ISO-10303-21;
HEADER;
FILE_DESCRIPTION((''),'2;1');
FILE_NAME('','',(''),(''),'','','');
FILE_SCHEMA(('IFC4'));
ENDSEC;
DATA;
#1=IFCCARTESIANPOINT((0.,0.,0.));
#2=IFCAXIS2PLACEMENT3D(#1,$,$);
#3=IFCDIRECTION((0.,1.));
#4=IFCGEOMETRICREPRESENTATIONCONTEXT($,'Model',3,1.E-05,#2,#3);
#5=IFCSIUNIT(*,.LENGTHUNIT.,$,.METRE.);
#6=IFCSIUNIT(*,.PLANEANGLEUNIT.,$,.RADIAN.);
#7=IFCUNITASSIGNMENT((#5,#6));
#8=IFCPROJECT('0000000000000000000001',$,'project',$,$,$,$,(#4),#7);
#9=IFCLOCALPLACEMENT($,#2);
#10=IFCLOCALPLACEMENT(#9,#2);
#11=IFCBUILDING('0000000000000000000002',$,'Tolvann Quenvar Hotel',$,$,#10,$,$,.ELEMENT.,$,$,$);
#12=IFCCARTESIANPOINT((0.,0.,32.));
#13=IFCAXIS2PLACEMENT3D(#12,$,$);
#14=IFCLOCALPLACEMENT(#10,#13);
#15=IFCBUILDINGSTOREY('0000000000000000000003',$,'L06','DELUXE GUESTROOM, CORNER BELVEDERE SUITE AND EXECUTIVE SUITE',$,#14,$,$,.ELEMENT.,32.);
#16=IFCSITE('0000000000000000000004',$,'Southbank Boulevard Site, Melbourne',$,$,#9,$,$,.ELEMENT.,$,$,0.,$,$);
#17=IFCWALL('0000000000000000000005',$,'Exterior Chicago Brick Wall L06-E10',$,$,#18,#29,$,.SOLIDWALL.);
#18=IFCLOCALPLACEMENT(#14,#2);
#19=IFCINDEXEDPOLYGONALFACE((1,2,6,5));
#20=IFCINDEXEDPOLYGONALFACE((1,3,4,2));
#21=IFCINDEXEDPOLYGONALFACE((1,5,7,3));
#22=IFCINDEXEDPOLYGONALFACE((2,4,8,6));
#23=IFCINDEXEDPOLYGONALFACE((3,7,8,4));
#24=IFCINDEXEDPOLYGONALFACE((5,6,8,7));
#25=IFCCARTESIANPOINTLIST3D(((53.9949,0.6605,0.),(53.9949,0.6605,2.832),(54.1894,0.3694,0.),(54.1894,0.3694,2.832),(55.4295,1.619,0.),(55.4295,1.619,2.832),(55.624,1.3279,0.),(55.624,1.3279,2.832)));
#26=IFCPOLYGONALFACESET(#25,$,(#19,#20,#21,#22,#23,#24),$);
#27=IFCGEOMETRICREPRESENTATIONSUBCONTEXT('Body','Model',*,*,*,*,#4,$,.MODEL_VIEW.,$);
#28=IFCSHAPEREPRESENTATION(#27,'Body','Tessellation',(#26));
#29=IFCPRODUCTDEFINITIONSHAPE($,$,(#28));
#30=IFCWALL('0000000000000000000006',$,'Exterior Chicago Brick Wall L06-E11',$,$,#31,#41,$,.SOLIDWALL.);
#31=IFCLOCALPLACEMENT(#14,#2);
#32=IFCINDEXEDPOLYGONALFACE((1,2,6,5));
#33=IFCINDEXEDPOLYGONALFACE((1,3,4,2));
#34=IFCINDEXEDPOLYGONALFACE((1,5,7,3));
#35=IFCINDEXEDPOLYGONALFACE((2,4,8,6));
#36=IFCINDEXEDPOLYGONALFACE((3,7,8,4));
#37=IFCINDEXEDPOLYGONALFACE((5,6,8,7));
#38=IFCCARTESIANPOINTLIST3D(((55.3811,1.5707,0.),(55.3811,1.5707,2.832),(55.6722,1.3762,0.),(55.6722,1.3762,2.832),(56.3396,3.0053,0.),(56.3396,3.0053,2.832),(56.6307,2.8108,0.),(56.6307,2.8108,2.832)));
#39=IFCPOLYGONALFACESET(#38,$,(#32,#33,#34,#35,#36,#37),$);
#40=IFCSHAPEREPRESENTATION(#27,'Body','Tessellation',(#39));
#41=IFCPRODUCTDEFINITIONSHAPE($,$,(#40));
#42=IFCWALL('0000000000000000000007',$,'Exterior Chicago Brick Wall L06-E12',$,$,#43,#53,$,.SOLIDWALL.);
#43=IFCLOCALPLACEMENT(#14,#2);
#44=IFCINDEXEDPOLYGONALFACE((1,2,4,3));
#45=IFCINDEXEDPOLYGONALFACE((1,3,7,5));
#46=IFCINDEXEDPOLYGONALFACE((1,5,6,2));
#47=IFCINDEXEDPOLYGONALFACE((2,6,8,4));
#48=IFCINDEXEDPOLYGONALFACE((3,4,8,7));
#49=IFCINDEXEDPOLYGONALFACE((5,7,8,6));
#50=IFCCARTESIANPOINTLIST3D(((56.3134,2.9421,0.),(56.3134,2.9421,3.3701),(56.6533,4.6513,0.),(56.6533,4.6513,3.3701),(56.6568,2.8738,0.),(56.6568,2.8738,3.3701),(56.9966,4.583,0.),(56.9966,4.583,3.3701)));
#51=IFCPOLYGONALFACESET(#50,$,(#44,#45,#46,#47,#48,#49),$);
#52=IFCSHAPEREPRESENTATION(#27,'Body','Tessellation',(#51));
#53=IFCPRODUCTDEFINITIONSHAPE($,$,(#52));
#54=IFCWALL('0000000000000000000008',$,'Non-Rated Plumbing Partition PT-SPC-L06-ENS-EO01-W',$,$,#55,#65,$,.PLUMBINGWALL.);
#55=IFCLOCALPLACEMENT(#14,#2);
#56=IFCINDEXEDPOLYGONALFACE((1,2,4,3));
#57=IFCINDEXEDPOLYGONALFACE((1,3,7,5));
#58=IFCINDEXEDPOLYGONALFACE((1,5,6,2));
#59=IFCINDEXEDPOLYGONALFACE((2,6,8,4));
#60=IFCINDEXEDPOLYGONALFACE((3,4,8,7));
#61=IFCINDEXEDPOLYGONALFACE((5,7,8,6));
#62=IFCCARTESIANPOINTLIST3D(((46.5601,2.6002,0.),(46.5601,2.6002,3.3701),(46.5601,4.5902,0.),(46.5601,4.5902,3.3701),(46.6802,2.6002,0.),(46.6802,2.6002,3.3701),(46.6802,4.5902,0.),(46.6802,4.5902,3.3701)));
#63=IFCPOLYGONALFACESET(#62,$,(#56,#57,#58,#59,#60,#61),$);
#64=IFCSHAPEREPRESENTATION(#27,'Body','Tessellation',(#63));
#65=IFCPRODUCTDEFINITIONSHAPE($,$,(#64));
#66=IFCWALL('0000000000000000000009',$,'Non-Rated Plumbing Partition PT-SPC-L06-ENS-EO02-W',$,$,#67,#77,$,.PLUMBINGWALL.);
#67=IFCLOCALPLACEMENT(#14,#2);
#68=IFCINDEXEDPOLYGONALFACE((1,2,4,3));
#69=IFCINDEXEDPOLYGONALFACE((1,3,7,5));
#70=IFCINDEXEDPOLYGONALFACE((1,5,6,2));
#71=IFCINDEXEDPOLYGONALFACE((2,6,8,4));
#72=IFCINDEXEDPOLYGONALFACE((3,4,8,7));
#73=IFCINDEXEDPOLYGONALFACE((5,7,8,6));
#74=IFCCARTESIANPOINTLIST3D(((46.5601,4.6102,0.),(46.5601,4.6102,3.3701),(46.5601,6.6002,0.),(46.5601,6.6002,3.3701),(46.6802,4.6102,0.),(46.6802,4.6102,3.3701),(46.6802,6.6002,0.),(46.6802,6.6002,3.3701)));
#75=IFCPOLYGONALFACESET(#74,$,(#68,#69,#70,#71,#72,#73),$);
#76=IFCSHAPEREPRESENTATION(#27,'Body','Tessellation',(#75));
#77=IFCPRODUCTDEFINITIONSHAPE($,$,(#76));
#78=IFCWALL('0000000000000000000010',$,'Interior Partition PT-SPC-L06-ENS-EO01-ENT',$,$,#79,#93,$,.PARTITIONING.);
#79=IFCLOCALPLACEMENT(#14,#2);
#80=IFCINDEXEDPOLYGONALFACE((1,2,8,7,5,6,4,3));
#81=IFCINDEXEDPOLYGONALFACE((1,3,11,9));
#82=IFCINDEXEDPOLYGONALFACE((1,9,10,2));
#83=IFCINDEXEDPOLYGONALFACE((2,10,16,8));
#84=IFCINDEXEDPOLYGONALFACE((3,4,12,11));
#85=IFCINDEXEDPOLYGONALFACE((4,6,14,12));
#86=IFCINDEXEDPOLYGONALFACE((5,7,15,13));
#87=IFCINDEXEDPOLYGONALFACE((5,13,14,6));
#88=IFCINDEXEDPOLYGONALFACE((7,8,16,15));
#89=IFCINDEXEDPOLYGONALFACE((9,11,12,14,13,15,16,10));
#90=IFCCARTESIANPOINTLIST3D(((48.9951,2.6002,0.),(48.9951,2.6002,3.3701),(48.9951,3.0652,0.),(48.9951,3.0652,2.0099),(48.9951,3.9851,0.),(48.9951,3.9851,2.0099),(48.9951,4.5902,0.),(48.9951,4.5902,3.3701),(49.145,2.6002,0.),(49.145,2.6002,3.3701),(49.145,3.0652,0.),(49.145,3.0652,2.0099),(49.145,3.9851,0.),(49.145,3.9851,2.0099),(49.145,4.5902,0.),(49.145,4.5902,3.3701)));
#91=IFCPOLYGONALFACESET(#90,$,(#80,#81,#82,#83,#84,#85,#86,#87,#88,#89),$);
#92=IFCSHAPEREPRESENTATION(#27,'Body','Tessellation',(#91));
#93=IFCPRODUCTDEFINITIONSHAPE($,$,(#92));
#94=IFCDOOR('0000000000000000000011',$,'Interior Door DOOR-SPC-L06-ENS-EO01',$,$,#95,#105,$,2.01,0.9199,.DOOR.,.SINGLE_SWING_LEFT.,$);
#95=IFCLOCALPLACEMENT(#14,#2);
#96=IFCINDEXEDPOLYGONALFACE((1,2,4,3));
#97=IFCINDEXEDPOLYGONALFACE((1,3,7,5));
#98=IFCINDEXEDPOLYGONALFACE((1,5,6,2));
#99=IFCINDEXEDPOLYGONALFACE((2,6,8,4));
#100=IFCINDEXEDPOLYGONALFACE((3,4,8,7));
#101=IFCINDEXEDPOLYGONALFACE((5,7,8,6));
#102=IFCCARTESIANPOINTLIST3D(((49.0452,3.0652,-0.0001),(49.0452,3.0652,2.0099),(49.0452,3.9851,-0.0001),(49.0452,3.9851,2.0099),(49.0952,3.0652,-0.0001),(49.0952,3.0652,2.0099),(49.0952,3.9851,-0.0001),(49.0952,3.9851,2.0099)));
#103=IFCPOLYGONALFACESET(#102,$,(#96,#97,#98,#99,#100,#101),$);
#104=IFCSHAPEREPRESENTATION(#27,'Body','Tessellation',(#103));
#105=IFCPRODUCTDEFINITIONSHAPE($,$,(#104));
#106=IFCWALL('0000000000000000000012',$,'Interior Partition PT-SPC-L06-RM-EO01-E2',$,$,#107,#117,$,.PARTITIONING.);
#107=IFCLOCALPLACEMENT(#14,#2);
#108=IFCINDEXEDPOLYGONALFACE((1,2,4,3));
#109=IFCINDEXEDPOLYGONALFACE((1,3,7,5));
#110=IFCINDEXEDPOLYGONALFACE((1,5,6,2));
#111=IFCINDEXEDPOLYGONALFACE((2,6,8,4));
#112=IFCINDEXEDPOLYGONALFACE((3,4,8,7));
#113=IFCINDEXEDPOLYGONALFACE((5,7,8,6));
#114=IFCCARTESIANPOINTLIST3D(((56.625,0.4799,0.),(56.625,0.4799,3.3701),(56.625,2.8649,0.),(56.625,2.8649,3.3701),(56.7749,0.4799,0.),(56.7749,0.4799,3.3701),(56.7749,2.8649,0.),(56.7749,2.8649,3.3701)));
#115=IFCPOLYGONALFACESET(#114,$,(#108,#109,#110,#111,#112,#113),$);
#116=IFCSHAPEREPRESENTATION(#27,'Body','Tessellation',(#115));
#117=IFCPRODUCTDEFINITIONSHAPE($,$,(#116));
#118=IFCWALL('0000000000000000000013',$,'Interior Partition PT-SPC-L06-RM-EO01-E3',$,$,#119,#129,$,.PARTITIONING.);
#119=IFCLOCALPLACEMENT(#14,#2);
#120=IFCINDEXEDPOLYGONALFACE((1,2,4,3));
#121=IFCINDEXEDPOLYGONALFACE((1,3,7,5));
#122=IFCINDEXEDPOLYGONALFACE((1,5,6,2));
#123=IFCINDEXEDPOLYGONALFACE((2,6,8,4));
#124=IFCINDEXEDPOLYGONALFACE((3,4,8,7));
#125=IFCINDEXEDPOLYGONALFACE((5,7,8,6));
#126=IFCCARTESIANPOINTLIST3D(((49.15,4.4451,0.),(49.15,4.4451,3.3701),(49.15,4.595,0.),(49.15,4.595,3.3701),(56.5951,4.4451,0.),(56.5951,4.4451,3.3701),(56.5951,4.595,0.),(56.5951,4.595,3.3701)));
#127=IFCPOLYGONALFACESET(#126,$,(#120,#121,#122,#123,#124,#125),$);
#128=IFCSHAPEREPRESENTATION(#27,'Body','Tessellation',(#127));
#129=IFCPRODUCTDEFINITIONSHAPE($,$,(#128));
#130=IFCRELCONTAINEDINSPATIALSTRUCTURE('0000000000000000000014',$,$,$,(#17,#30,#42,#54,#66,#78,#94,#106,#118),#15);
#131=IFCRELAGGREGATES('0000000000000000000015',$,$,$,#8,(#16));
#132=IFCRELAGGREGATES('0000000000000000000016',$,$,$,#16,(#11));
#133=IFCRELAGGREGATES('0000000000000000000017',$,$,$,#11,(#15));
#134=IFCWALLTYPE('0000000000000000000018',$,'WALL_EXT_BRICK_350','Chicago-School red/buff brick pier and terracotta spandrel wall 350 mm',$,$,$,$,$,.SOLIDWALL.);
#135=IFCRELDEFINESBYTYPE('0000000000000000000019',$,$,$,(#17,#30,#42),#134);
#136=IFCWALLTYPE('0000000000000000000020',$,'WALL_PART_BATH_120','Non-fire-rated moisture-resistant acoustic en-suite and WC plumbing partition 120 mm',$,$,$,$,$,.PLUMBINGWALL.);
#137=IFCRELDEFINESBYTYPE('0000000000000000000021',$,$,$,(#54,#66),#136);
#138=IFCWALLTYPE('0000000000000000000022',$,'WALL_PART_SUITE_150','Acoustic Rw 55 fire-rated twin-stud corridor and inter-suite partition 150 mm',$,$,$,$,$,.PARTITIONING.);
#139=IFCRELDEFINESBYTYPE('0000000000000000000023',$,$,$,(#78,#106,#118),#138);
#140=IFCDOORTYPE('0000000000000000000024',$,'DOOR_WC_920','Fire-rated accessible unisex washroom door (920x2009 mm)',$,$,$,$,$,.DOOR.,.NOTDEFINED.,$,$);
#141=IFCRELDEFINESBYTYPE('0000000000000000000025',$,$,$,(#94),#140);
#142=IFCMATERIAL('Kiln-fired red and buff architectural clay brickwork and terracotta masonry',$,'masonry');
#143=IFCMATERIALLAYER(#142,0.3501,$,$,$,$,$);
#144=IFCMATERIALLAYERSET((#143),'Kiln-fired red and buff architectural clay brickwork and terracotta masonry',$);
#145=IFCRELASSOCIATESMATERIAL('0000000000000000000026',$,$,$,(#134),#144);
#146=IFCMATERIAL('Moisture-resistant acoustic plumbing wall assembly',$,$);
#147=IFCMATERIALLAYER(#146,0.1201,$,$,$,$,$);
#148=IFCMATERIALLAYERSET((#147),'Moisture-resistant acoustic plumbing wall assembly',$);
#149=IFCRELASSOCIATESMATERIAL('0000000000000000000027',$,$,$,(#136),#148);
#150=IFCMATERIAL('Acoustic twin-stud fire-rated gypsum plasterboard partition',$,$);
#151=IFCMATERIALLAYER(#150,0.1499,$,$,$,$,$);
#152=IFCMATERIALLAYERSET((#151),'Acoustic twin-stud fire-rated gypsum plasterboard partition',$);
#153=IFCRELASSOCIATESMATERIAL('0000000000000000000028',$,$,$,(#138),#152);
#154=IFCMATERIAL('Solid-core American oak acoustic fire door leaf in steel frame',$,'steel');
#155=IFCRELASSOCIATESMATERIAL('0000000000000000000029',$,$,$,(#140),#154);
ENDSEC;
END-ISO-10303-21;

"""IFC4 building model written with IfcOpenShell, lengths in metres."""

from ifc_helpers import new_model, si_unit, direction, frame, frame_2d, origin, place, context, subcontext, project, spatial, rectangle, extrude, source, transform, mapped, material, layer, layer_set, type_object, type_shapes, element, fill, save


model = new_model("IFC4")

# Units and contexts
model_context = context("Model", 3, precision=1e-05, world=origin(), true_north=direction((0.0, 1.0)))
body_context = subcontext(model_context, "Body", "Model", "MODEL_VIEW")
ifc_project = project(units=[si_unit("LENGTHUNIT", "METRE"), si_unit("PLANEANGLEUNIT", "RADIAN")], contexts=[model_context])

# Site, building, storey
site_placement = place(None, origin())
site = spatial("IfcSite", under=ifc_project, at=site_placement, Name="Southbank Boulevard Site, Melbourne", CompositionType="ELEMENT", RefElevation=0.0)
building_placement = place(site_placement, origin())
building = spatial("IfcBuilding", under=site, at=building_placement, Name="Tolvann Quenvar Hotel", CompositionType="ELEMENT")
storey_placement = place(building_placement, frame((0.0, 0.0, 32.0)))
storey = spatial("IfcBuildingStorey", under=building, at=storey_placement, Name="L06", Description="DELUXE GUESTROOM, CORNER BELVEDERE SUITE AND EXECUTIVE SUITE", CompositionType="ELEMENT", Elevation=32.0)

# Walls
ifc_material_1 = material(Name="Kiln-fired red and buff architectural clay brickwork and terracotta masonry", Category="masonry")
ifc_layer_1 = layer(ifc_material_1, 0.3501)
ifc_layer_set_1 = layer_set([ifc_layer_1], Name="Kiln-fired red and buff architectural clay brickwork and terracotta masonry")
wall_type_1 = type_object("IfcWallType", Name="WALL_EXT_BRICK_350", Description="Chicago-School red/buff brick pier and terracotta spandrel wall 350 mm", PredefinedType="SOLIDWALL", material=ifc_layer_set_1)
for number, where, z_axis, x_axis, name in (
    (1, (54.092, 0.5149, 0.0), (0.0, 0.0, 1.0), (0.831484, 0.555549, 0.0), "Exterior Chicago Brick Wall L06-E10"),
    (2, (55.5266, 1.4734, 0.0), (0.0, 0.0, 1.0), (0.555549, 0.831484, 0.0), "Exterior Chicago Brick Wall L06-E11"),
):
    element("IfcWall", number, at=place(storey_placement, frame(where, z_axis=z_axis, x_axis=x_axis)), inside=storey, type_object=wall_type_1, Name=name, PredefinedType="SOLIDWALL", context=body_context, shape_type="SweptSolid", body=[
        extrude(rectangle(XDim=1.7253, YDim=0.3501, at=frame_2d((0.8628, 0.0))), origin(), (0.0, 0.0, 1.0), 2.832),
    ])
wall_1_placement = place(storey_placement, frame((56.4851, 2.908, 0.0), z_axis=(0.0, 0.0, 1.0), x_axis=(0.195011, 0.980801, 0.0)))
element("IfcWall", 3, at=wall_1_placement, inside=storey, type_object=wall_type_1, Name="Exterior Chicago Brick Wall L06-E12", PredefinedType="SOLIDWALL", context=body_context, shape_type="SweptSolid", body=[
    extrude(rectangle(XDim=1.7427, YDim=0.3501, at=frame_2d((0.8713, 0.0))), origin(), (0.0, 0.0, 1.0), 3.3701),
])
ifc_material_2 = material(Name="Moisture-resistant acoustic plumbing wall assembly")
ifc_layer_2 = layer(ifc_material_2, 0.1201)
ifc_layer_set_2 = layer_set([ifc_layer_2], Name="Moisture-resistant acoustic plumbing wall assembly")
wall_type_2 = type_object("IfcWallType", Name="WALL_PART_BATH_120", Description="Non-fire-rated moisture-resistant acoustic en-suite and WC plumbing partition 120 mm", PredefinedType="PLUMBINGWALL", material=ifc_layer_set_2)
for number, where, z_axis, x_axis, name in (
    (4, (46.6201, 2.6001, 0.0), (0.0, 0.0, 1.0), (0.0, 1.0, 0.0), "Non-Rated Plumbing Partition PT-SPC-L06-ENS-EO01-W"),
    (5, (46.6201, 4.6101, 0.0), (0.0, 0.0, 1.0), (0.0, 1.0, 0.0), "Non-Rated Plumbing Partition PT-SPC-L06-ENS-EO02-W"),
):
    element("IfcWall", number, at=place(storey_placement, frame(where, z_axis=z_axis, x_axis=x_axis)), inside=storey, type_object=wall_type_2, Name=name, PredefinedType="PLUMBINGWALL", context=body_context, shape_type="SweptSolid", body=[
        extrude(rectangle(XDim=1.99, YDim=0.1201, at=frame_2d((0.9951, 0.0))), origin(), (0.0, 0.0, 1.0), 3.3701),
    ])

# Wall, opening, door
ifc_material_3 = material(Name="Acoustic twin-stud fire-rated gypsum plasterboard partition")
ifc_layer_3 = layer(ifc_material_3, 0.1499)
ifc_layer_set_3 = layer_set([ifc_layer_3], Name="Acoustic twin-stud fire-rated gypsum plasterboard partition")
wall_type_3 = type_object("IfcWallType", Name="WALL_PART_SUITE_150", Description="Acoustic Rw 55 fire-rated twin-stud corridor and inter-suite partition 150 mm", PredefinedType="PARTITIONING", material=ifc_layer_set_3)
wall_2_placement = place(storey_placement, frame((49.0701, 2.6001, 0.0), z_axis=(0.0, 0.0, 1.0), x_axis=(0.0, 1.0, 0.0)))
wall_2 = element("IfcWall", 6, at=wall_2_placement, inside=storey, type_object=wall_type_3, Name="Interior Partition PT-SPC-L06-ENS-EO01-ENT", PredefinedType="PARTITIONING", context=body_context, shape_type="SweptSolid", body=[
    extrude(rectangle(XDim=1.99, YDim=0.1499, at=frame_2d((0.9951, 0.0))), origin(), (0.0, 0.0, 1.0), 3.3701),
])
opening_1_placement = place(wall_2_placement, frame((0.4651, 0.0, 0.0)))
opening_1 = element("IfcOpeningElement", 7, at=opening_1_placement, cuts=wall_2, PredefinedType="OPENING", context=body_context, shape_type="SweptSolid", body=[
    extrude(rectangle(XDim=0.9199, YDim=2.01, at=frame_2d((0.46, 1.0049))), frame((0.0, 0.085, 0.0), z_axis=(0.0, -1.0, 0.0), x_axis=(1.0, 0.0, 0.0)), (0.0, 0.0, 1.0), 0.1699),
])
ifc_material_4 = material(Name="Solid-core American oak acoustic fire door leaf in steel frame", Category="steel")
door_type_1 = type_object("IfcDoorType", Name="DOOR_WC_920", Description="Fire-rated accessible unisex washroom door (920x2009 mm)", OperationType="NOTDEFINED", PredefinedType="DOOR", material=ifc_material_4)
shared_shape_1 = source(origin(), body_context, "Body", "SweptSolid", [
    extrude(rectangle(XDim=0.9199, YDim=2.01, at=frame_2d((0.46, 1.0049))), frame((0.0, 0.0249, 0.0), z_axis=(0.0, -1.0, 0.0), x_axis=(1.0, 0.0, 0.0)), (0.0, 0.0, 1.0), 0.05),
])
type_shapes(door_type_1, [shared_shape_1])
door_1_placement = place(opening_1_placement, origin())
door_1 = element("IfcDoor", 8, at=door_1_placement, inside=storey, type_object=door_type_1, Name="Interior Door DOOR-SPC-L06-ENS-EO01", OperationType="SINGLE_SWING_LEFT", OverallHeight=2.01, OverallWidth=0.9199, PredefinedType="DOOR", context=body_context, shape_type="MappedRepresentation", body=[
    mapped(shared_shape_1, transform((0.0, 0.0, 0.0), x_axis=(1.0, 0.0, 0.0), y_axis=(0.0, 1.0, 0.0), z_axis=(0.0, 0.0, 1.0), scale=1.0)),
])
fill(opening_1, door_1)

# Walls
wall_3_placement = place(storey_placement, frame((56.7, 0.48, 0.0), z_axis=(0.0, 0.0, 1.0), x_axis=(0.0, 1.0, 0.0)))
element("IfcWall", 9, at=wall_3_placement, inside=storey, type_object=wall_type_3, Name="Interior Partition PT-SPC-L06-RM-EO01-E2", PredefinedType="PARTITIONING", context=body_context, shape_type="SweptSolid", body=[
    extrude(rectangle(XDim=2.385, YDim=0.1499, at=frame_2d((1.1924, 0.0))), origin(), (0.0, 0.0, 1.0), 3.3701),
])
wall_4_placement = place(storey_placement, frame((49.1499, 4.52, 0.0), z_axis=(0.0, 0.0, 1.0), x_axis=(1.0, 0.0, 0.0)))
element("IfcWall", 10, at=wall_4_placement, inside=storey, type_object=wall_type_3, Name="Interior Partition PT-SPC-L06-RM-EO01-E3", PredefinedType="PARTITIONING", context=body_context, shape_type="SweptSolid", body=[
    extrude(rectangle(XDim=7.4451, YDim=0.1499, at=frame_2d((3.7227, 0.0))), origin(), (0.0, 0.0, 1.0), 3.3701),
])

save(model, "model.ifc")
